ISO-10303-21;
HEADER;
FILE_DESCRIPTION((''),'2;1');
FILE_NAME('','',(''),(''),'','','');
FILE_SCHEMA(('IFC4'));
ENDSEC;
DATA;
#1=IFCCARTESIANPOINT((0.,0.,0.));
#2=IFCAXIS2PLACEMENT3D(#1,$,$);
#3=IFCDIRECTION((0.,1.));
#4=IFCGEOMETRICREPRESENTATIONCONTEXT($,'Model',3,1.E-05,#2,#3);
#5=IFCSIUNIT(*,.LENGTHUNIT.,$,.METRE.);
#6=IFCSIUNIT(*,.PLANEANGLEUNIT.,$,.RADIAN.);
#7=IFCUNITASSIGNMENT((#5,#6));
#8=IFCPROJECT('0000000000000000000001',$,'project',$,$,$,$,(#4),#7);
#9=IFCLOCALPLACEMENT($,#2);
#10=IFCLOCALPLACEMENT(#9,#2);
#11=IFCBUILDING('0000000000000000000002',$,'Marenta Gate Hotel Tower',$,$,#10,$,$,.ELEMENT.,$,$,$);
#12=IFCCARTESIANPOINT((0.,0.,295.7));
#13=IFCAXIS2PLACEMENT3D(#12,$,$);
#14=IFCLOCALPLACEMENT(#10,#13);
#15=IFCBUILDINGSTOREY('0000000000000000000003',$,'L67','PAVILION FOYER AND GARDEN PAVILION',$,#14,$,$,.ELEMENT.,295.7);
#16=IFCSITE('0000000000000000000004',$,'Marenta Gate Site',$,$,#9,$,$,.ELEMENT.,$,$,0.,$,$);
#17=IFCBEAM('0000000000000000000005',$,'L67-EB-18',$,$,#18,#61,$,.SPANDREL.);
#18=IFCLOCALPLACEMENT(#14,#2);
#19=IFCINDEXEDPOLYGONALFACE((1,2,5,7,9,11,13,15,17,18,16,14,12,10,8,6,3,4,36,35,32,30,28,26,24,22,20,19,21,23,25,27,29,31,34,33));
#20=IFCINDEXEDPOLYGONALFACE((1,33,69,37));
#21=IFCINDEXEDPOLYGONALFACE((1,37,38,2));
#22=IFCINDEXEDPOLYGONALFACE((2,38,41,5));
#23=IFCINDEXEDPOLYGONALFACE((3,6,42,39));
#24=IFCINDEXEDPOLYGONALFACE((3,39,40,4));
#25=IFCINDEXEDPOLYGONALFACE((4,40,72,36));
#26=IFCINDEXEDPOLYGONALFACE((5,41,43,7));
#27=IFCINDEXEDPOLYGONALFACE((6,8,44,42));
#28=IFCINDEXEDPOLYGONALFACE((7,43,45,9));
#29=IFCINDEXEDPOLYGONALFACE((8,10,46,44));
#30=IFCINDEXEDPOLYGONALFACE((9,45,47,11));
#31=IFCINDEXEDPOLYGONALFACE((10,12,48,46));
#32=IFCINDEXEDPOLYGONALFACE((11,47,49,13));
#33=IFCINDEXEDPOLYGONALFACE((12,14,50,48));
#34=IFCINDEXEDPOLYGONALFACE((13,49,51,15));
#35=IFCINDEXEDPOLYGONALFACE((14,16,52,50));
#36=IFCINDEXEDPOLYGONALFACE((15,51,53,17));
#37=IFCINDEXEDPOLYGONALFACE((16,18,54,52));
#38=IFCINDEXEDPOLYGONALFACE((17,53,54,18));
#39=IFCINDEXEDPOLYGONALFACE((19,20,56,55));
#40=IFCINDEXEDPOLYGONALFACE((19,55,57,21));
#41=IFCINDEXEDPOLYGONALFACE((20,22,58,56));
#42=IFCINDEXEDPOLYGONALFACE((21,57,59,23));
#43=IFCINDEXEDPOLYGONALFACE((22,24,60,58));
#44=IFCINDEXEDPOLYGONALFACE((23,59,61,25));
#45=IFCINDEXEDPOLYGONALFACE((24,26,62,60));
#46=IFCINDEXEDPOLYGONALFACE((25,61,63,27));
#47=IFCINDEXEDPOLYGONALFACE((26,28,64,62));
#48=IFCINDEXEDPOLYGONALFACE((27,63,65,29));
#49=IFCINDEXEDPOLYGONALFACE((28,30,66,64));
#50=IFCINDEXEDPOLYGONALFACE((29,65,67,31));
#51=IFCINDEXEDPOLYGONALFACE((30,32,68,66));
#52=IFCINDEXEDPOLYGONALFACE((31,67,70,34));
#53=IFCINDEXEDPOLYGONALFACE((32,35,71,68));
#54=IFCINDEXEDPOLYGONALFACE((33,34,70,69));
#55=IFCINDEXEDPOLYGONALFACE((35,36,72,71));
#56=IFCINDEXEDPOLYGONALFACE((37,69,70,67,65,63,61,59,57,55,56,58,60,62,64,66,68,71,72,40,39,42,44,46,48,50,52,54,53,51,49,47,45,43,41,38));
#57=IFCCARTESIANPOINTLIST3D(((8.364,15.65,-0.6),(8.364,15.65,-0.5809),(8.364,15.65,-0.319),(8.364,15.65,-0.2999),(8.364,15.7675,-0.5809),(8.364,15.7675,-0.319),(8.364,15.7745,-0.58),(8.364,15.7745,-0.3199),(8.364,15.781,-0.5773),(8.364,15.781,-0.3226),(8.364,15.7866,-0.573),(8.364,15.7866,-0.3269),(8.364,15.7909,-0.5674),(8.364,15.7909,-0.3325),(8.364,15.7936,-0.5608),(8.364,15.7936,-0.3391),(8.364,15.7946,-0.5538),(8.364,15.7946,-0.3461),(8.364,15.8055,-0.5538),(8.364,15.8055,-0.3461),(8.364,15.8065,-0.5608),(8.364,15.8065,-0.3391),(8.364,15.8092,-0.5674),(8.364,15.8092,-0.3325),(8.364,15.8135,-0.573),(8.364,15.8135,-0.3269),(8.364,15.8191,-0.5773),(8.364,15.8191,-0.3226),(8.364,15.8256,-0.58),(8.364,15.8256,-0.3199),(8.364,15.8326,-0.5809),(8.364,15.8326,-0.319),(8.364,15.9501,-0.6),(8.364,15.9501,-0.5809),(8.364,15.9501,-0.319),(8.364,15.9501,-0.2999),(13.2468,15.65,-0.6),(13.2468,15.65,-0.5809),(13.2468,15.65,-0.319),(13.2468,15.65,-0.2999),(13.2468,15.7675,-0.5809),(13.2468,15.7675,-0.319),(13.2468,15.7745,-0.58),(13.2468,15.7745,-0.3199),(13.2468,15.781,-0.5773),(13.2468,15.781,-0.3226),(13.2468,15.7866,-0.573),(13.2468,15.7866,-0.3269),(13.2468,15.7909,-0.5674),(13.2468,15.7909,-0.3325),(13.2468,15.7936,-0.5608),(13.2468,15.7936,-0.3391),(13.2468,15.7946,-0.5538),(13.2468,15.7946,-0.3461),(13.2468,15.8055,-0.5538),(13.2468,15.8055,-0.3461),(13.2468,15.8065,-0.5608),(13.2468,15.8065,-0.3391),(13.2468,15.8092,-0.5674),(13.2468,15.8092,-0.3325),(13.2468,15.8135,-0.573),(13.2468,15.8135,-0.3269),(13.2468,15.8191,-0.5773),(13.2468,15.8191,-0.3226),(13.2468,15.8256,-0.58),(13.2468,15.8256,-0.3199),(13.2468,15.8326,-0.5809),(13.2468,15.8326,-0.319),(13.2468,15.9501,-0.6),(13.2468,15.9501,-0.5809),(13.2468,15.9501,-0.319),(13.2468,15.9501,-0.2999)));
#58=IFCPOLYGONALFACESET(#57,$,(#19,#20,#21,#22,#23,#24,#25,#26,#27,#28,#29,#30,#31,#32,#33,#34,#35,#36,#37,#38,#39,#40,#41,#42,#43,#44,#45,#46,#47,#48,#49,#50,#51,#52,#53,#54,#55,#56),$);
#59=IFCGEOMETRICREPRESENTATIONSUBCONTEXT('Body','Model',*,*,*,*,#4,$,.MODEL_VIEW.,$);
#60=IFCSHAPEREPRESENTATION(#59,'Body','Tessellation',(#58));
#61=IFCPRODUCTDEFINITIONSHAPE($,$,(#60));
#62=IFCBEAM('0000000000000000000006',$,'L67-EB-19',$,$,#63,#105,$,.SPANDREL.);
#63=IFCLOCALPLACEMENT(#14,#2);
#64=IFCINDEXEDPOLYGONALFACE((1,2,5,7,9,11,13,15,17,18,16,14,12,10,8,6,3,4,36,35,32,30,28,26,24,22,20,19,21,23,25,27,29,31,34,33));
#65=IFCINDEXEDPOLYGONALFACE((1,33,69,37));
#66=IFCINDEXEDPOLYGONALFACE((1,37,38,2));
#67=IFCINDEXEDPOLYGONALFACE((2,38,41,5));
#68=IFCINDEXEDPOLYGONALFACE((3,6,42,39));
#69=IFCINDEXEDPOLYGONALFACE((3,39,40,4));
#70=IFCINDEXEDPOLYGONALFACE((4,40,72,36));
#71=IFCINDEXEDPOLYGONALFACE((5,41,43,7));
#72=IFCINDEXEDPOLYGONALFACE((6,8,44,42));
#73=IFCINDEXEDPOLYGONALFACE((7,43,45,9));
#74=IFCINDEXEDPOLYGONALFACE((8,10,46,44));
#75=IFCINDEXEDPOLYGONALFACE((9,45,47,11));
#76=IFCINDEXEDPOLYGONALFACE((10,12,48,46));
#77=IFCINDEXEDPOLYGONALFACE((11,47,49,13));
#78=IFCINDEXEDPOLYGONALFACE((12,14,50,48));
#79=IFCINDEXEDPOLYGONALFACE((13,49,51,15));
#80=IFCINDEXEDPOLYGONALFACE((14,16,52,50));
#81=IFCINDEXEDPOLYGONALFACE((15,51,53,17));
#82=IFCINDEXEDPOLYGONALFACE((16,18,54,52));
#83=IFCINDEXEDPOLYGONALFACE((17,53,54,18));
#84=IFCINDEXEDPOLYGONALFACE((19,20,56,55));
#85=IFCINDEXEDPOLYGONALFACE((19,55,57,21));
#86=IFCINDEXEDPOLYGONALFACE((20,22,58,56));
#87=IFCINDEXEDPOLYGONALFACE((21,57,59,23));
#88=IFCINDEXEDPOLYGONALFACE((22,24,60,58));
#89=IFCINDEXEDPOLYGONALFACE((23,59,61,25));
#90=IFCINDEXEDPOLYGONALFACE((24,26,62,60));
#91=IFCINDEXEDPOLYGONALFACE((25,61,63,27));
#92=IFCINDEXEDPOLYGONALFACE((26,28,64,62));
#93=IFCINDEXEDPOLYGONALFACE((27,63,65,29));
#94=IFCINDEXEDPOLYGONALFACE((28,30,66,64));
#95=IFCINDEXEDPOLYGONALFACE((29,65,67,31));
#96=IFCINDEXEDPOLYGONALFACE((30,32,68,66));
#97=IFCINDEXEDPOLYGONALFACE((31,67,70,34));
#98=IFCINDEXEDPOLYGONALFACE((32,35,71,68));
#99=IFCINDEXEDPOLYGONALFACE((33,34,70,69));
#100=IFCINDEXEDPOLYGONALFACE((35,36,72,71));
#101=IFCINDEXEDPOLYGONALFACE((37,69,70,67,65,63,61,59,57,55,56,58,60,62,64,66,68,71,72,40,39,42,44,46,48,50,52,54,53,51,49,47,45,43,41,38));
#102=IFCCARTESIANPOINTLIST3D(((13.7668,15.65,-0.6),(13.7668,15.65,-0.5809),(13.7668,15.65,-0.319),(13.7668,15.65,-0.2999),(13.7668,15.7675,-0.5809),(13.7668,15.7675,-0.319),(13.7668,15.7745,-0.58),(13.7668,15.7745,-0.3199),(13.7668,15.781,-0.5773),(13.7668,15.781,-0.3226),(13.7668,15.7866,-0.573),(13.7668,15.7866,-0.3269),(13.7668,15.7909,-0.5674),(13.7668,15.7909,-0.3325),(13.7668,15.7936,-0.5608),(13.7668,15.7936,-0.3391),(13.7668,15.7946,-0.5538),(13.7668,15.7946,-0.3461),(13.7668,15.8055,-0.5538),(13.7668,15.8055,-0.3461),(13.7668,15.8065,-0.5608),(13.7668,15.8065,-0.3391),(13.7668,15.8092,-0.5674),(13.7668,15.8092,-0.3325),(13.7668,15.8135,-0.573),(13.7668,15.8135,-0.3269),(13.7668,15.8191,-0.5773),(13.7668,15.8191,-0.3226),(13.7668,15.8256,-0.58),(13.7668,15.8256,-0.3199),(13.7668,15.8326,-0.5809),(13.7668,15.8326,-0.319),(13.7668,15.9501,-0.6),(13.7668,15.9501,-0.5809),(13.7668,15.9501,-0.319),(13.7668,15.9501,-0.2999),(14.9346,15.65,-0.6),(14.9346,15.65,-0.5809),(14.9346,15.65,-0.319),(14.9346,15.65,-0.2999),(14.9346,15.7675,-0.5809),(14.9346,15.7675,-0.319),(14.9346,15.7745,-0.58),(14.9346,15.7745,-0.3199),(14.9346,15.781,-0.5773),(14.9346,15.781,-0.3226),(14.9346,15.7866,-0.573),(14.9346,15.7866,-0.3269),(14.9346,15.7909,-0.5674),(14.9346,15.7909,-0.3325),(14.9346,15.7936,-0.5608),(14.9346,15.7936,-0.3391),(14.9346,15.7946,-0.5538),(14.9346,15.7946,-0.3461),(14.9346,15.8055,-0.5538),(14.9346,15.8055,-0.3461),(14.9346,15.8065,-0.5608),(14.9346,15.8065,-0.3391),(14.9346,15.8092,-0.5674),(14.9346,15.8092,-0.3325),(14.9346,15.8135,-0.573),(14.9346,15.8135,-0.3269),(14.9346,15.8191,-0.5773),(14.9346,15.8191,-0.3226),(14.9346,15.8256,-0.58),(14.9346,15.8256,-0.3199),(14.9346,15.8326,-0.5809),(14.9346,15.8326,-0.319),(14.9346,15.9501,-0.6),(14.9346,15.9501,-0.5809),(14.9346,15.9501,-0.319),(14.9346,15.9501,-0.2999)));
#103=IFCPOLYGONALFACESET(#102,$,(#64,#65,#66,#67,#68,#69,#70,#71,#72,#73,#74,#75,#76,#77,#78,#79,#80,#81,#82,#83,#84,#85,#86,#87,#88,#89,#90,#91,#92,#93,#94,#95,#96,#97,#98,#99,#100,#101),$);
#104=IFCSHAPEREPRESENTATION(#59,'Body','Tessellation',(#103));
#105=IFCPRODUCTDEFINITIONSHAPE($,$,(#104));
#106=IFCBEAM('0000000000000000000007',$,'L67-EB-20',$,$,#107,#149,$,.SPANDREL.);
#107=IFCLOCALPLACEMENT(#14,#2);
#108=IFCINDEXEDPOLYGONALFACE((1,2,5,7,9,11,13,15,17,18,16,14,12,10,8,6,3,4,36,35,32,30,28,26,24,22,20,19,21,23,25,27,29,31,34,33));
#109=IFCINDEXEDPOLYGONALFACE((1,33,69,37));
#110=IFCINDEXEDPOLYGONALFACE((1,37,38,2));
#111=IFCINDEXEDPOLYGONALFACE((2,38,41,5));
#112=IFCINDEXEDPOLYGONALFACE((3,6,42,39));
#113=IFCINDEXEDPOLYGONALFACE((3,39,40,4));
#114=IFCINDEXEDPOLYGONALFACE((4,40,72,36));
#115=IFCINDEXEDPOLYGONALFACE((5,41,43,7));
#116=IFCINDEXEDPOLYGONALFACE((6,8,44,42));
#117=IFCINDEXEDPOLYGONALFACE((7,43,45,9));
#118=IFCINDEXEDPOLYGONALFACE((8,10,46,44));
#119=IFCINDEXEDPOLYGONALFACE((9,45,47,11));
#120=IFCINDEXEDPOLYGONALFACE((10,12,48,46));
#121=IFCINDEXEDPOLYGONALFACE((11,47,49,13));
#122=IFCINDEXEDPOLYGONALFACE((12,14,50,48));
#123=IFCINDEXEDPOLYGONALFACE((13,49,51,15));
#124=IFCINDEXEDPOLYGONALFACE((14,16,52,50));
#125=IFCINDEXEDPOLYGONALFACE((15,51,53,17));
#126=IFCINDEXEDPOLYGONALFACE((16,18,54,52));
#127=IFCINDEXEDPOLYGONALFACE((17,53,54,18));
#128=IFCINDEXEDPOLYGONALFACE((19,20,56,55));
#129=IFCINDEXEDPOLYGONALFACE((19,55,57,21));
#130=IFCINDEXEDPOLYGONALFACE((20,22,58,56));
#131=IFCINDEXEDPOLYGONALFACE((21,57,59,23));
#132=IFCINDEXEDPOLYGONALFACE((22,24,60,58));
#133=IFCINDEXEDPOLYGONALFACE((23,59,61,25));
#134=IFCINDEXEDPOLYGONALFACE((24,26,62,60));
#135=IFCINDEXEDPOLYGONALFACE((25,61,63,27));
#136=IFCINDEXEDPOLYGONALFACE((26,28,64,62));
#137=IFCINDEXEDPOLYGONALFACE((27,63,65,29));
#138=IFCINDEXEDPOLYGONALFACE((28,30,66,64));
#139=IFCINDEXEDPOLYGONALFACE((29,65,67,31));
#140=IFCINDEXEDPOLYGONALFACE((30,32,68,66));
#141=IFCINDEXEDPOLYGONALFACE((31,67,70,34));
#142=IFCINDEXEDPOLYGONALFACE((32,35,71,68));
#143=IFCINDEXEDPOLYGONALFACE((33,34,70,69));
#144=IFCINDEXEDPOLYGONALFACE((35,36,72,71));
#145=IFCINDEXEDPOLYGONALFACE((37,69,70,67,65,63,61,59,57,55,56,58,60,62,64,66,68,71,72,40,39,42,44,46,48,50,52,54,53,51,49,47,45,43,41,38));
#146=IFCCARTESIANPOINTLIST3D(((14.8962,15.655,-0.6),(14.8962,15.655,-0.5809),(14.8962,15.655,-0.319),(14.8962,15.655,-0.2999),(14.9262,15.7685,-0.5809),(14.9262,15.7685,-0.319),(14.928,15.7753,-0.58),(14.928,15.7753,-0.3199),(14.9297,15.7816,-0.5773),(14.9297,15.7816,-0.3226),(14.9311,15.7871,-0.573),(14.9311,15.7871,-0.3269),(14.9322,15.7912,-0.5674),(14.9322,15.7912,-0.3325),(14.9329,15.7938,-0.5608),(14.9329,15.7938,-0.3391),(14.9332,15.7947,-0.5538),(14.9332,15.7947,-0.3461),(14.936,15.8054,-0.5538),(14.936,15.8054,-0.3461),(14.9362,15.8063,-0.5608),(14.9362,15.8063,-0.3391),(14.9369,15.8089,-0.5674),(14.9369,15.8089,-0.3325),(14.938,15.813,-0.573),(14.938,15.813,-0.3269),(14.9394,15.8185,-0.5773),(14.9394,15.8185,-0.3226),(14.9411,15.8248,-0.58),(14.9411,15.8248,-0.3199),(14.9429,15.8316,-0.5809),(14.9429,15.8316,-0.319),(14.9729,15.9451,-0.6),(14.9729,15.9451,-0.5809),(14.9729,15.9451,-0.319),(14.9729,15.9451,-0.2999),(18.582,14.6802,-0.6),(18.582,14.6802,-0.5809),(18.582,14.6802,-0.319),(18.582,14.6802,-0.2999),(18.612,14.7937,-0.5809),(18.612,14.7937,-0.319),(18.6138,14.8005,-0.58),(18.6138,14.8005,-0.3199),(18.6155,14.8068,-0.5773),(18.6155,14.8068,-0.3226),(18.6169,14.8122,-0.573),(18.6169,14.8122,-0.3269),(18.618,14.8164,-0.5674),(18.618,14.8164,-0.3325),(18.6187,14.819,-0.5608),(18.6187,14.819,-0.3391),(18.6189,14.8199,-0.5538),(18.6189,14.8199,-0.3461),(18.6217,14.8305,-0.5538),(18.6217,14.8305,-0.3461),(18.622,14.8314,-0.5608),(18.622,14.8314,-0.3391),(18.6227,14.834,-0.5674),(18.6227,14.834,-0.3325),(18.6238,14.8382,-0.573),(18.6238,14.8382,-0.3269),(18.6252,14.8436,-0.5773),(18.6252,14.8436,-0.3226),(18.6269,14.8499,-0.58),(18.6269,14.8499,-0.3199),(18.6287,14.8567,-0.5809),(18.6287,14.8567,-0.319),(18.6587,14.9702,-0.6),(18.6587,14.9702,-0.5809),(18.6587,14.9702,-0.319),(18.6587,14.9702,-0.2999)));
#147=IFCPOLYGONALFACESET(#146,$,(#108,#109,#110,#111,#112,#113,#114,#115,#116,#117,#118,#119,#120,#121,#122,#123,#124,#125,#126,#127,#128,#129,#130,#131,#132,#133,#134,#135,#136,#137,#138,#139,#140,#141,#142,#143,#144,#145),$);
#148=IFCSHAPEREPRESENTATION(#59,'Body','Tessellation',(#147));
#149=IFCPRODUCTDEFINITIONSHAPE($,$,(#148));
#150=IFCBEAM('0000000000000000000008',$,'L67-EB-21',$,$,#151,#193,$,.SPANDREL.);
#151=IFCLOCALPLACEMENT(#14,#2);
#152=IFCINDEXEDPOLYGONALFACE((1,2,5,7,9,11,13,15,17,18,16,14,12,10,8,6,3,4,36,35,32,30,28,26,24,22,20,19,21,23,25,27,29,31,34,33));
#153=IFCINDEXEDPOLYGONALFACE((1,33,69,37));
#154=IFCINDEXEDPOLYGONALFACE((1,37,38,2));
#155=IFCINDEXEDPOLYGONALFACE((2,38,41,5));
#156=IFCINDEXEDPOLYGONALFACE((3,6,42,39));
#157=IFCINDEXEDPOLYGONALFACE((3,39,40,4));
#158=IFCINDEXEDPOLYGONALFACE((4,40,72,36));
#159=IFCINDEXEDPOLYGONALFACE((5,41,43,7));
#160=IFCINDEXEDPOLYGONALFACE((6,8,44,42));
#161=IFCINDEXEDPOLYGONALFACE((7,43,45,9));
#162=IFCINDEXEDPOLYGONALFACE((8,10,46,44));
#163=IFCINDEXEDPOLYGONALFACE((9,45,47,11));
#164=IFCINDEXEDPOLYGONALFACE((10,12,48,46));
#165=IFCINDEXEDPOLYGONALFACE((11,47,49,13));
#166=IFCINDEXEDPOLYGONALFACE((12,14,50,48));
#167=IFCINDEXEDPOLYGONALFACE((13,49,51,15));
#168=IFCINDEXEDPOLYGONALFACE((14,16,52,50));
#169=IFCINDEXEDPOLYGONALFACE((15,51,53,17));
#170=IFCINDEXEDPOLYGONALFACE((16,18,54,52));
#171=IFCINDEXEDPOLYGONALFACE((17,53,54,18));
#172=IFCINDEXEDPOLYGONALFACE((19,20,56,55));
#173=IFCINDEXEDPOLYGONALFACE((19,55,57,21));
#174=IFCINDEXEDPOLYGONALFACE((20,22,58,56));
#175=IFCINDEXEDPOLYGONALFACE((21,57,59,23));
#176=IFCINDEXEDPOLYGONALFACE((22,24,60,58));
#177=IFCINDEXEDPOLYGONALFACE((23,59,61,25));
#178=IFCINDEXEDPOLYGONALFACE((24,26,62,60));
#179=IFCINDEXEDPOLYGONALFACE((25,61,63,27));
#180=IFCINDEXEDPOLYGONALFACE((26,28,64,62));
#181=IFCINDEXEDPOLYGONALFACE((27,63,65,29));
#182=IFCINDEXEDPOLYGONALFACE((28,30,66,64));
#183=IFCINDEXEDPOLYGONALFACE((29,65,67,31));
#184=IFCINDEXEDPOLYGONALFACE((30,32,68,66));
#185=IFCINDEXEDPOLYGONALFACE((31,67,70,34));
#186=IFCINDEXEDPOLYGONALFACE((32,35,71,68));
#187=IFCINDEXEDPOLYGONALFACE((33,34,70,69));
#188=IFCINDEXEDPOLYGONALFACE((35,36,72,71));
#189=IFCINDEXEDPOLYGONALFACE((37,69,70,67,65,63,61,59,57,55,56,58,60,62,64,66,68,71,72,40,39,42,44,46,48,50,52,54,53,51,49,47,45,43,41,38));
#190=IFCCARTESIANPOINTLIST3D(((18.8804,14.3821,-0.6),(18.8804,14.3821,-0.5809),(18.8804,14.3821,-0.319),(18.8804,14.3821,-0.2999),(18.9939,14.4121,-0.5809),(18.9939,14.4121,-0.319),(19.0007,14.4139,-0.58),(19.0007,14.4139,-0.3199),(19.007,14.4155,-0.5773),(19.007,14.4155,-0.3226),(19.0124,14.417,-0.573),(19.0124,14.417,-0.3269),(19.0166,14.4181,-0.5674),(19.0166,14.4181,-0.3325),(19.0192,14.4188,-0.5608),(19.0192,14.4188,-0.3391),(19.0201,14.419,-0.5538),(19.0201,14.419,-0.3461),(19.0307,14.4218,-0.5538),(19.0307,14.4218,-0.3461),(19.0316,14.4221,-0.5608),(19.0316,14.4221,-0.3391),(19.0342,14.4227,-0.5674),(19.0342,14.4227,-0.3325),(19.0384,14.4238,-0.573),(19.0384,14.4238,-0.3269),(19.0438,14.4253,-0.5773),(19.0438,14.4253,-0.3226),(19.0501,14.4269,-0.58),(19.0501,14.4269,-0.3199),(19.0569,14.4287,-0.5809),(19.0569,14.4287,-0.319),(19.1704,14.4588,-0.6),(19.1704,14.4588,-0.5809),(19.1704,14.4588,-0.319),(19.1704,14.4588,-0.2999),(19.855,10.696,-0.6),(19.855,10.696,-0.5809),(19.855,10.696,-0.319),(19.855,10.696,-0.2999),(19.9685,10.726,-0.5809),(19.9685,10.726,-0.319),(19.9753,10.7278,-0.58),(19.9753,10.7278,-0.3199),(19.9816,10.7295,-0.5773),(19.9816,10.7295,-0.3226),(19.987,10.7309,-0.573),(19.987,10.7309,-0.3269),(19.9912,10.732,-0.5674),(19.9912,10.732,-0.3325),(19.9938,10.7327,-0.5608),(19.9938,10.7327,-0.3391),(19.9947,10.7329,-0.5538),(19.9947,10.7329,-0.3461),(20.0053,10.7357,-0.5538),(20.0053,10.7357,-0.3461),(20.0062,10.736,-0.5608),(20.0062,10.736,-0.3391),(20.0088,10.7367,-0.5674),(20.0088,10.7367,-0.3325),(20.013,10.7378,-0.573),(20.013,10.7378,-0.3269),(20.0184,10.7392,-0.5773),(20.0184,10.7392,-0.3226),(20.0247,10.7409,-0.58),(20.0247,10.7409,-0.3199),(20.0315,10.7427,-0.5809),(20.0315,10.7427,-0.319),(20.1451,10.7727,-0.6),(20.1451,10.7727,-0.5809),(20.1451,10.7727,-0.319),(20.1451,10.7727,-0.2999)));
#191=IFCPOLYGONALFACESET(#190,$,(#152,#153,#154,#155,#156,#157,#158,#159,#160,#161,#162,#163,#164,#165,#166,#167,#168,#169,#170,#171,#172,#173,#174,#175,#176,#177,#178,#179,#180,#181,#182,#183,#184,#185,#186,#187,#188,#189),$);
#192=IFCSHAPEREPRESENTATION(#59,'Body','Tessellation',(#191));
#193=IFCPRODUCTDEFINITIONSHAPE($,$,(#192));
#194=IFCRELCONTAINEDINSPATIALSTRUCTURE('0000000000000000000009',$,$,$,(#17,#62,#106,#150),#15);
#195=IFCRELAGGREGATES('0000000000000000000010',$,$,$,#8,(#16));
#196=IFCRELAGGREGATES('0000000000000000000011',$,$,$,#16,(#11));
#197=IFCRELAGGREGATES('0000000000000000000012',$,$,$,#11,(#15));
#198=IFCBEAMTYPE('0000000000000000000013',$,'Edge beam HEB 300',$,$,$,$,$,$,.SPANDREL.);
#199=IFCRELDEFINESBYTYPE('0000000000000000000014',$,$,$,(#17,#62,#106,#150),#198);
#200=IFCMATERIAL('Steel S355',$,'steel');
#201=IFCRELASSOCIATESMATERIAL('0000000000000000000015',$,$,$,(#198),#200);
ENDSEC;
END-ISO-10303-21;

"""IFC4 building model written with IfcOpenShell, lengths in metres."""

from ifc_helpers import new_model, si_unit, direction, frame, origin, origin_2d, place, context, subcontext, project, spatial, i_section, extrude, material, material_profile, profile_set, type_object, element, save


model = new_model("IFC4")

# Units and contexts
model_context = context("Model", 3, precision=1e-05, world=origin(), true_north=direction((0.0, 1.0)))
body_context = subcontext(model_context, "Body", "Model", "MODEL_VIEW")
ifc_project = project(units=[si_unit("LENGTHUNIT", "METRE"), si_unit("PLANEANGLEUNIT", "RADIAN")], contexts=[model_context])

# Site, building, storey
site_placement = place(None, origin())
site = spatial("IfcSite", under=ifc_project, at=site_placement, Name="Marenta Gate Site", CompositionType="ELEMENT", RefElevation=0.0)
building_placement = place(site_placement, origin())
building = spatial("IfcBuilding", under=site, at=building_placement, Name="Marenta Gate Hotel Tower", CompositionType="ELEMENT")
storey_placement = place(building_placement, frame((0.0, 0.0, 295.7)))
storey = spatial("IfcBuildingStorey", under=building, at=storey_placement, Name="L67", Description="PAVILION FOYER AND GARDEN PAVILION", CompositionType="ELEMENT", Elevation=295.7)

# Beams
ifc_material_1 = material(Name="Steel S355", Category="steel")
ifc_material_profile_1 = material_profile(ifc_material_1, i_section(OverallWidth=0.3, OverallDepth=0.3, WebThickness=0.011, FlangeThickness=0.019, FilletRadius=0.0271, at=origin_2d()), Name="HEB 300")
ifc_profile_set_1 = profile_set([ifc_material_profile_1], Name="Steel S355")
beam_type_1 = type_object("IfcBeamType", Name="Edge beam HEB 300", PredefinedType="SPANDREL", material=ifc_profile_set_1)
beam_1_placement = place(storey_placement, frame((8.364, 15.8, -0.45), z_axis=(1.0, 0.0, 0.0), x_axis=(0.0, 1.0, 0.0)))
element("IfcBeam", 1, at=beam_1_placement, inside=storey, type_object=beam_type_1, Name="L67-EB-18", PredefinedType="SPANDREL", context=body_context, shape_type="SweptSolid", body=[
    extrude(i_section(OverallWidth=0.3, OverallDepth=0.3, WebThickness=0.011, FlangeThickness=0.019, FilletRadius=0.0271, at=origin_2d()), origin(), (0.0, 0.0, 1.0), 4.8828),
])
beam_2_placement = place(storey_placement, frame((13.7668, 15.8, -0.45), z_axis=(1.0, 0.0, 0.0), x_axis=(0.0, 1.0, 0.0)))
element("IfcBeam", 2, at=beam_2_placement, inside=storey, type_object=beam_type_1, Name="L67-EB-19", PredefinedType="SPANDREL", context=body_context, shape_type="SweptSolid", body=[
    extrude(i_section(OverallWidth=0.3, OverallDepth=0.3, WebThickness=0.011, FlangeThickness=0.019, FilletRadius=0.0271, at=origin_2d()), origin(), (0.0, 0.0, 1.0), 1.1677),
])
beam_3_placement = place(storey_placement, frame((14.9346, 15.8, -0.45), z_axis=(0.966757, -0.255697, 0.0), x_axis=(0.255697, 0.966757, 0.0)))
element("IfcBeam", 3, at=beam_3_placement, inside=storey, type_object=beam_type_1, Name="L67-EB-20", PredefinedType="SPANDREL", context=body_context, shape_type="SweptSolid", body=[
    extrude(i_section(OverallWidth=0.3, OverallDepth=0.3, WebThickness=0.011, FlangeThickness=0.019, FilletRadius=0.0271, at=origin_2d()), origin(), (0.0, 0.0, 1.0), 3.8125),
])
beam_4_placement = place(storey_placement, frame((19.0254, 14.4204, -0.45), z_axis=(0.255622, -0.966777, 0.0), x_axis=(0.966777, 0.255622, 0.0)))
element("IfcBeam", 4, at=beam_4_placement, inside=storey, type_object=beam_type_1, Name="L67-EB-21", PredefinedType="SPANDREL", context=body_context, shape_type="SweptSolid", body=[
    extrude(i_section(OverallWidth=0.3, OverallDepth=0.3, WebThickness=0.011, FlangeThickness=0.019, FilletRadius=0.0271, at=origin_2d()), origin(), (0.0, 0.0, 1.0), 3.8127),
])

save(model, "model.ifc")
